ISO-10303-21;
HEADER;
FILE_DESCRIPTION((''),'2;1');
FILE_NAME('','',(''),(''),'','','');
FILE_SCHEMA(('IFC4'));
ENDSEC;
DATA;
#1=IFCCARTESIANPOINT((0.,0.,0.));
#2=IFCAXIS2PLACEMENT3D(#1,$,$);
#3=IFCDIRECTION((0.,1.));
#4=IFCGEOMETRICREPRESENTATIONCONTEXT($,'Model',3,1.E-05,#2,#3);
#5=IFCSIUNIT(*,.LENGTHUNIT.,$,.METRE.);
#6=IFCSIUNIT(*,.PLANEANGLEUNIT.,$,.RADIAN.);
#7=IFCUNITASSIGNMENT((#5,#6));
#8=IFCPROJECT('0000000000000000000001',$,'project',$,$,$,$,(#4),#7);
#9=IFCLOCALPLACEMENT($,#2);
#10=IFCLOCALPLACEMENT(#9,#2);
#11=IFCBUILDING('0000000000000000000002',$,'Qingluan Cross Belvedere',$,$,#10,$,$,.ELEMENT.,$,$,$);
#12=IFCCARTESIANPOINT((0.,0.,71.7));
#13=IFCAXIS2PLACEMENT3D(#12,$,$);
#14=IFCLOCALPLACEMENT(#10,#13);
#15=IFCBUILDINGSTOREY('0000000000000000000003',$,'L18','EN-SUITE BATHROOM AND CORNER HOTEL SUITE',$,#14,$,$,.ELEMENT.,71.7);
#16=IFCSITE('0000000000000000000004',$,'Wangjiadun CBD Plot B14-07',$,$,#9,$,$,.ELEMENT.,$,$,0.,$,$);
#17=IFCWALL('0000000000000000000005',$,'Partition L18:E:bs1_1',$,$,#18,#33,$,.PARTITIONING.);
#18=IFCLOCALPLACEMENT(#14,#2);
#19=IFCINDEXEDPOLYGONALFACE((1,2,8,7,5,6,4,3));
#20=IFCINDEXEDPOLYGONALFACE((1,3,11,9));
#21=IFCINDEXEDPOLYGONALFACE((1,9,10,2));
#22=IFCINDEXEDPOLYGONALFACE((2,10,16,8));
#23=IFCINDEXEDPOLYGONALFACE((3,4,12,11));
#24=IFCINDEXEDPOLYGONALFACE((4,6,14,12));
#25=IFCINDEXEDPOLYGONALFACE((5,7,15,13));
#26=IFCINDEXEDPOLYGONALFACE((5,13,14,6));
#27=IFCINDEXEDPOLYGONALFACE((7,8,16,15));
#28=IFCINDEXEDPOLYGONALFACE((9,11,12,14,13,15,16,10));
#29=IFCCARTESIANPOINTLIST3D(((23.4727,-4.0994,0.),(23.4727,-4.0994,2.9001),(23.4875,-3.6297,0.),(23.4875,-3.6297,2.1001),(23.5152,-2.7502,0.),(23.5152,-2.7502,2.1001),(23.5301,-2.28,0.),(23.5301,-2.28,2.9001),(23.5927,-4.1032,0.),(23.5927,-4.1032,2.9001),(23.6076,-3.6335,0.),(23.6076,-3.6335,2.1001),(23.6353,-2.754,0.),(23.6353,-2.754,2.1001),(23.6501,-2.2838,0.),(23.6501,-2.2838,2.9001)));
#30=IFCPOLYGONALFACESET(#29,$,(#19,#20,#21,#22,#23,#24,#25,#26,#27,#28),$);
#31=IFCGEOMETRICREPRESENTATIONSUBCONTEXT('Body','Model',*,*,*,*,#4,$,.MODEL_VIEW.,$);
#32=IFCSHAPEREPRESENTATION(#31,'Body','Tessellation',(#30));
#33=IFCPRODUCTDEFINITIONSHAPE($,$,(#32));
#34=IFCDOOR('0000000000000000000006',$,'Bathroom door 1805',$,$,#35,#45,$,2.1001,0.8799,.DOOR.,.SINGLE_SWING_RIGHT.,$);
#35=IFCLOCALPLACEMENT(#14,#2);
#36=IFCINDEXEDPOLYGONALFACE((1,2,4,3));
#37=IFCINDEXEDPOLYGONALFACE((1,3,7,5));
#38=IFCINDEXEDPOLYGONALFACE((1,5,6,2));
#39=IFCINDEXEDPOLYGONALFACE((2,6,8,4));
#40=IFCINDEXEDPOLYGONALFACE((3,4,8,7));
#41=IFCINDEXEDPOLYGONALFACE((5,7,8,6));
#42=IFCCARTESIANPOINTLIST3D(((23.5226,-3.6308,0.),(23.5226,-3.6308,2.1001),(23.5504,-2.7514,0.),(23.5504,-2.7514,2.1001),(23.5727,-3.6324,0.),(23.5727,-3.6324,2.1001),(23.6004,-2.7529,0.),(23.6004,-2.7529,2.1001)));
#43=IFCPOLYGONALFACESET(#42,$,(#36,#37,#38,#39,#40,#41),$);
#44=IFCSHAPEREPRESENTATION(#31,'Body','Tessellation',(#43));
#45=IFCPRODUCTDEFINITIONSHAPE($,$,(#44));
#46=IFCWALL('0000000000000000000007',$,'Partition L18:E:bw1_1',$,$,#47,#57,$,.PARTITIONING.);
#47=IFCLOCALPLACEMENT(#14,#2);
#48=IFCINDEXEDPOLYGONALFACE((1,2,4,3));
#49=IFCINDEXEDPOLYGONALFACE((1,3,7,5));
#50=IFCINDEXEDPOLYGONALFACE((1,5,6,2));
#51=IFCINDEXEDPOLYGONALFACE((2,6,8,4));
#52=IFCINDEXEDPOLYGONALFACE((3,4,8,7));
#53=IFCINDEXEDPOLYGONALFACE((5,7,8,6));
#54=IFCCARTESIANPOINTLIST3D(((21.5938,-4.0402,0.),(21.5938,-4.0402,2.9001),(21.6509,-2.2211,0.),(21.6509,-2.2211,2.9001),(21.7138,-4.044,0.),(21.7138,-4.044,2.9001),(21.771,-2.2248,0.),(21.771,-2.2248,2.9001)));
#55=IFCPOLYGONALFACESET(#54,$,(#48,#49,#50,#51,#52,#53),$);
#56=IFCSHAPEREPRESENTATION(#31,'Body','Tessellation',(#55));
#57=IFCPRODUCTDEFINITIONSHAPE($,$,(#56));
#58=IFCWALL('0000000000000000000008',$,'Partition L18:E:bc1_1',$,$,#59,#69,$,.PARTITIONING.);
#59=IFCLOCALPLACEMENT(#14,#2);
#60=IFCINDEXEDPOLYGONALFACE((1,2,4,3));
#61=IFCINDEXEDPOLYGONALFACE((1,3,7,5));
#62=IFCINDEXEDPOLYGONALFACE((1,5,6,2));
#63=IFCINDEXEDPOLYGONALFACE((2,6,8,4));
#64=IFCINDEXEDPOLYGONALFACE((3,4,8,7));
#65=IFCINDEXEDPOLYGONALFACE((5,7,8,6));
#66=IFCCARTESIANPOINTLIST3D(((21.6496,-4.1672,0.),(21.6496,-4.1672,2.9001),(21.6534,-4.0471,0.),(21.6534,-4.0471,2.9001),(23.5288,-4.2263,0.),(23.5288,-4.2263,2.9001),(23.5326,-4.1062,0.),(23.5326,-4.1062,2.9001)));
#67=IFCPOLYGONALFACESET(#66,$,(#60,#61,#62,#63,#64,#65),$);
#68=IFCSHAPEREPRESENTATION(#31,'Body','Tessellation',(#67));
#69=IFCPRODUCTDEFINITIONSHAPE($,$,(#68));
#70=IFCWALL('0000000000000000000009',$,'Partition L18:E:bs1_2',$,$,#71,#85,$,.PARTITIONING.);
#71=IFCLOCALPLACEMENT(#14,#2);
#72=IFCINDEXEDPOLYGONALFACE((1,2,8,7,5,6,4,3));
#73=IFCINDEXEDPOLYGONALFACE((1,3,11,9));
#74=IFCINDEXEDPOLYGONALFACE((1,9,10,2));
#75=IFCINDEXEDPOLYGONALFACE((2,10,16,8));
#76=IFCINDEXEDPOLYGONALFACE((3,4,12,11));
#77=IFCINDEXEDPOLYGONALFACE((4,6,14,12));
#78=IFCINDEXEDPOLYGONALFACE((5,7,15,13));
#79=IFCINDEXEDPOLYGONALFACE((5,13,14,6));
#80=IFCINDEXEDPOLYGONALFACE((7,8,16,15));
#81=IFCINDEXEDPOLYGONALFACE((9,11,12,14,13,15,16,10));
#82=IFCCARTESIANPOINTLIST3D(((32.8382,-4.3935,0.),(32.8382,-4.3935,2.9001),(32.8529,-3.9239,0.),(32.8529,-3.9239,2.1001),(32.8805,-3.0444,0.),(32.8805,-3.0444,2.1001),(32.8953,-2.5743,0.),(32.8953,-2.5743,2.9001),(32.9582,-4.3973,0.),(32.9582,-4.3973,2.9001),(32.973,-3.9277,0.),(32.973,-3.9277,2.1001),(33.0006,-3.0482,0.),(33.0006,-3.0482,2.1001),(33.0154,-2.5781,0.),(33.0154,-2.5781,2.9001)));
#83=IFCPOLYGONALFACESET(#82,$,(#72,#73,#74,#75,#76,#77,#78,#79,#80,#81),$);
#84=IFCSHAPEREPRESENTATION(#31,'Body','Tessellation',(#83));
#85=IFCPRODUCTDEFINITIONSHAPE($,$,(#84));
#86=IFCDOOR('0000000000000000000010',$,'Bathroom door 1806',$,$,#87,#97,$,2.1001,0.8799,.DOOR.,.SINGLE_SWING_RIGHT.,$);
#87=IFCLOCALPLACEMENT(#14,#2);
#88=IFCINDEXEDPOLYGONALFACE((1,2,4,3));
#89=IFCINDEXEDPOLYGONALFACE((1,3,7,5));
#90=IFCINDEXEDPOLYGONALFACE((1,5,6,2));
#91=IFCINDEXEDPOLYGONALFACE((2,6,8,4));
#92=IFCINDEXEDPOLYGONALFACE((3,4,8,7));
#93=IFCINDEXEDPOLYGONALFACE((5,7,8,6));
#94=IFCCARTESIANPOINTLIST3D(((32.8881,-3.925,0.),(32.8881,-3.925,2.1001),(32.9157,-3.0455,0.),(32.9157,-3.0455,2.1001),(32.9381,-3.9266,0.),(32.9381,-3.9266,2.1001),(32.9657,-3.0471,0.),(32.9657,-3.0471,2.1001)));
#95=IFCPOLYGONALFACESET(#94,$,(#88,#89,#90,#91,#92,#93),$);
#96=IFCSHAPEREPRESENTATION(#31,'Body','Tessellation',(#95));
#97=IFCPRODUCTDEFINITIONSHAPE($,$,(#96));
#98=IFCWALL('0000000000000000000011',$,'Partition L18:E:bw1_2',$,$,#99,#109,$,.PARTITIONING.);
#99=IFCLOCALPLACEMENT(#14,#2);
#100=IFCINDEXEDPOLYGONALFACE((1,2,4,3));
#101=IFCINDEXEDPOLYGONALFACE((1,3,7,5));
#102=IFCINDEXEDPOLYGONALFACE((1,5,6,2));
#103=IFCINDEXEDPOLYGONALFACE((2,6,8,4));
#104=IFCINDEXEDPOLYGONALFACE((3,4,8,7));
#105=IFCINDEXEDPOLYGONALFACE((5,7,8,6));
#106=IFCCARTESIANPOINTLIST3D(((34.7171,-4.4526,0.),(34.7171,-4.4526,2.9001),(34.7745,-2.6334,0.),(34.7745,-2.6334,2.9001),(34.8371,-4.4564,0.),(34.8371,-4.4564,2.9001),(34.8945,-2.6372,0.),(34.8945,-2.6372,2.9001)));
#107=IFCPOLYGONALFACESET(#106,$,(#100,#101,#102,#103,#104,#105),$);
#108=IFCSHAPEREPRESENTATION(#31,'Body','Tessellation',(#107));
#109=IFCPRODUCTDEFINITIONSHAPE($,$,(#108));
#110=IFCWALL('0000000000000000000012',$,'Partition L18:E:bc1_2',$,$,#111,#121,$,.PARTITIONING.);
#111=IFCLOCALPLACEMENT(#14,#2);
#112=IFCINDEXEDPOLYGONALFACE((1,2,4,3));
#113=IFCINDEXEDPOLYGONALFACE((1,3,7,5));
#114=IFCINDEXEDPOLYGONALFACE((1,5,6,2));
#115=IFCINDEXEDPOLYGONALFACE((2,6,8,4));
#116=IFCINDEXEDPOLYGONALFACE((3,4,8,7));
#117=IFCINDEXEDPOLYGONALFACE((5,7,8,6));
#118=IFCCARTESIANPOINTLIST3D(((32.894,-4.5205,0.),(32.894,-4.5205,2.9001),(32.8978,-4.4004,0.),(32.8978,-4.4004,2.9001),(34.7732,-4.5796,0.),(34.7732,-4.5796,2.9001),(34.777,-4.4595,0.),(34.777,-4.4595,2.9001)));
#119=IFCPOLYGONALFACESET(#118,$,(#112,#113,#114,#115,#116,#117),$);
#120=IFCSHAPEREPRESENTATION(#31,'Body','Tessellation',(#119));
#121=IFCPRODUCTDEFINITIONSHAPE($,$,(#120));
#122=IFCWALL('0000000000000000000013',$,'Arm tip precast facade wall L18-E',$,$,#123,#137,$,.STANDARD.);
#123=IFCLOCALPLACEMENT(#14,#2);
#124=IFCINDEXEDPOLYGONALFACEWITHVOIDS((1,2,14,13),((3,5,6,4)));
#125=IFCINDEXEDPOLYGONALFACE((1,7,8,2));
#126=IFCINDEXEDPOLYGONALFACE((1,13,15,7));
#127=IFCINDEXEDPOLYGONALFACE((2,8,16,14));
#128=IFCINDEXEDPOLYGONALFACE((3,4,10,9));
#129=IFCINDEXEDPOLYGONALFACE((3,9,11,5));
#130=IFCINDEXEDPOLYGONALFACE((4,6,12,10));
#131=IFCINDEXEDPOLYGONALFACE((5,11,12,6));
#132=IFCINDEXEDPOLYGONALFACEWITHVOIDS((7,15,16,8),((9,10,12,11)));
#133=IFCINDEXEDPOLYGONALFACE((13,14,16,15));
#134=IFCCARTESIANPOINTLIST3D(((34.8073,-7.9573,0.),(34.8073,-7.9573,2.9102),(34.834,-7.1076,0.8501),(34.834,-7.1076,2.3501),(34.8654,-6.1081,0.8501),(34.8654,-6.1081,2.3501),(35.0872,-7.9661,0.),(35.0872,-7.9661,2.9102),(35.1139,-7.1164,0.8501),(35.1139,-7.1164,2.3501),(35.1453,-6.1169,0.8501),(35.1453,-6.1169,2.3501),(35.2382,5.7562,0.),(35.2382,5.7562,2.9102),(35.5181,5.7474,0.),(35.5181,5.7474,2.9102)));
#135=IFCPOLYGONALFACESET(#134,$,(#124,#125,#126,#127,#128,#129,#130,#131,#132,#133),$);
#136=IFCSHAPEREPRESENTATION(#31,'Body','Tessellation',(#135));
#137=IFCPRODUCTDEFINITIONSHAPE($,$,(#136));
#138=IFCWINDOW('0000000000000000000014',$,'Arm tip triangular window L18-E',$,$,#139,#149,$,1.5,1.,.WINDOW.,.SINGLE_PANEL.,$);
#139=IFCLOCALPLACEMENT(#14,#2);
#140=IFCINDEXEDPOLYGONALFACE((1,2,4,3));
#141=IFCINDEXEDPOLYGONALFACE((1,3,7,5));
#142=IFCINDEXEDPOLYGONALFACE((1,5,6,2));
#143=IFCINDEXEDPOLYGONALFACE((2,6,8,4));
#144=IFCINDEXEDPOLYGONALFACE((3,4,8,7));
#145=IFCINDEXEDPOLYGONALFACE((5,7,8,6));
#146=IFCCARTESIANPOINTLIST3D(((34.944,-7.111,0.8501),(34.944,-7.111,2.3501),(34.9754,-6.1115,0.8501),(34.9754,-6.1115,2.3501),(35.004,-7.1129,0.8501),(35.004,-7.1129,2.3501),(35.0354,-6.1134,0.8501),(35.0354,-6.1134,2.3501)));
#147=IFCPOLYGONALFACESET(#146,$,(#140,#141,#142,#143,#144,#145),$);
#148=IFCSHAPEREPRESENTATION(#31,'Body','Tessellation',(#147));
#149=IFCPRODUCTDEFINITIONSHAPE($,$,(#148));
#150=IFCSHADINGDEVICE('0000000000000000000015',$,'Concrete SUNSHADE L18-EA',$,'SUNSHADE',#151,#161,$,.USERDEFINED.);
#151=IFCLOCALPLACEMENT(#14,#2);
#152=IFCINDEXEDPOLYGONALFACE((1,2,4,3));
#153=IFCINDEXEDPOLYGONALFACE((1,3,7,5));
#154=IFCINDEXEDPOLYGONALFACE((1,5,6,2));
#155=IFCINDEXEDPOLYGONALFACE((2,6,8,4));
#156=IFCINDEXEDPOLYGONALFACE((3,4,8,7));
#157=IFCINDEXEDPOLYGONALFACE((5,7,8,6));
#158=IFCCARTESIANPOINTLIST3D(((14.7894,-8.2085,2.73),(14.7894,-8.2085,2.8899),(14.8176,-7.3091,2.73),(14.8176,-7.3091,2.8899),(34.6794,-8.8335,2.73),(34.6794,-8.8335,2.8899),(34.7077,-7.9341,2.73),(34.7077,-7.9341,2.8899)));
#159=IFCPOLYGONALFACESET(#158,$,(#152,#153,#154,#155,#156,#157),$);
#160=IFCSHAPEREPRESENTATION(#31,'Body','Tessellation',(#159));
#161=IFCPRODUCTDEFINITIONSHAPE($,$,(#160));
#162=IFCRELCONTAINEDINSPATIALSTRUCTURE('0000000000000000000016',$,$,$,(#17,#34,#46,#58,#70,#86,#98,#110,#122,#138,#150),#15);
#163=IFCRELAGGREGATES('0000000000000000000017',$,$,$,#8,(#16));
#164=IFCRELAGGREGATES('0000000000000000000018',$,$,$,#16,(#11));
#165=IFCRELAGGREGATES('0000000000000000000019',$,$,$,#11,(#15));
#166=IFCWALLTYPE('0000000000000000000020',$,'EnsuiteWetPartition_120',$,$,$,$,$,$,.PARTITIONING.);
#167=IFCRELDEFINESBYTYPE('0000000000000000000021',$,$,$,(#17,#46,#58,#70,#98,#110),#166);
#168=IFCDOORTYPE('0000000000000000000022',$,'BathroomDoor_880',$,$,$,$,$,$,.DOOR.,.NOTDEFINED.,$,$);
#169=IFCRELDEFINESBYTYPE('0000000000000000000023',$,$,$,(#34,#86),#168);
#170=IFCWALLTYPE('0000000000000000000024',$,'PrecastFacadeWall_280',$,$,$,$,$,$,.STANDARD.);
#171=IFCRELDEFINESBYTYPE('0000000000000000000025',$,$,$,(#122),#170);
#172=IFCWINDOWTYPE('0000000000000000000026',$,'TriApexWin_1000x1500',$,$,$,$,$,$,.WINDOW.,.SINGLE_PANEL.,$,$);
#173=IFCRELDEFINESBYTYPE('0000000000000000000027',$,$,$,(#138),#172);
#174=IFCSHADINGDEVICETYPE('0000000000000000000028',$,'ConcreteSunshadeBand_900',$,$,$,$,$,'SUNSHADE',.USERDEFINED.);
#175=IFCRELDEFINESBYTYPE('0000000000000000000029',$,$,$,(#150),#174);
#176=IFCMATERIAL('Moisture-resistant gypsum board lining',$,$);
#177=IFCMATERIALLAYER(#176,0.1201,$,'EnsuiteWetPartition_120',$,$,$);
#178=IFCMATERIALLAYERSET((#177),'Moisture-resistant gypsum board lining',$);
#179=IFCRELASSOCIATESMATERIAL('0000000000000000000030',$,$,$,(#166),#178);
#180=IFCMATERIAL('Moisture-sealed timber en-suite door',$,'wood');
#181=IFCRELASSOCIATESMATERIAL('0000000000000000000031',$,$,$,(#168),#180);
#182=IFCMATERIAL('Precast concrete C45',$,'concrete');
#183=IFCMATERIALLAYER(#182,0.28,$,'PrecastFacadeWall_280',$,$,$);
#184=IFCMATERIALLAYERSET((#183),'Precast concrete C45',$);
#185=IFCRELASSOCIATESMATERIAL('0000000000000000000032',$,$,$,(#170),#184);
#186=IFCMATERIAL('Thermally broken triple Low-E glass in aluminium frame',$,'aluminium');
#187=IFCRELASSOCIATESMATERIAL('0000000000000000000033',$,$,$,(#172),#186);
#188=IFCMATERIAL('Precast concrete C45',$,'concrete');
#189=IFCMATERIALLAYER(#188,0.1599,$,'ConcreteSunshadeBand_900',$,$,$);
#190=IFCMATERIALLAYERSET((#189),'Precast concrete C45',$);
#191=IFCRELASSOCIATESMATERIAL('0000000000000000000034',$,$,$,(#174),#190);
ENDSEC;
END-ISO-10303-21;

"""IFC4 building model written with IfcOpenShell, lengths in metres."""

from ifc_helpers import new_model, si_unit, direction, frame, frame_2d, origin, origin_2d, place, context, subcontext, project, spatial, rectangle, extrude, material, layer, layer_set, type_object, element, fill, save


model = new_model("IFC4")

# Units and contexts
model_context = context("Model", 3, precision=1e-05, world=origin(), true_north=direction((0.0, 1.0)))
body_context = subcontext(model_context, "Body", "Model", "MODEL_VIEW")
ifc_project = project(units=[si_unit("LENGTHUNIT", "METRE"), si_unit("PLANEANGLEUNIT", "RADIAN")], contexts=[model_context])

# Site, building, storey
site_placement = place(None, origin())
site = spatial("IfcSite", under=ifc_project, at=site_placement, Name="Wangjiadun CBD Plot B14-07", CompositionType="ELEMENT", RefElevation=0.0)
building_placement = place(site_placement, origin())
building = spatial("IfcBuilding", under=site, at=building_placement, Name="Qingluan Cross Belvedere", CompositionType="ELEMENT")
storey_placement = place(building_placement, frame((0.0, 0.0, 71.7)))
storey = spatial("IfcBuildingStorey", under=building, at=storey_placement, Name="L18", Description="EN-SUITE BATHROOM AND CORNER HOTEL SUITE", CompositionType="ELEMENT", Elevation=71.7)

# Shared definitions
ifc_material_1 = material(Name="Moisture-resistant gypsum board lining")
ifc_layer_1 = layer(ifc_material_1, 0.1201, Name="EnsuiteWetPartition_120")
ifc_layer_set_1 = layer_set([ifc_layer_1], Name="Moisture-resistant gypsum board lining")
wall_type_1 = type_object("IfcWallType", Name="EnsuiteWetPartition_120", PredefinedType="PARTITIONING", material=ifc_layer_set_1)
ifc_material_2 = material(Name="Moisture-sealed timber en-suite door", Category="wood")
door_type = type_object("IfcDoorType", Name="BathroomDoor_880", OperationType="NOTDEFINED", PredefinedType="DOOR", material=ifc_material_2)

# Wall, opening, door
wall_1_placement = place(storey_placement, frame((23.5327, -4.1013, 0.0), z_axis=(0.0, 0.0, 1.0), x_axis=(0.031519, 0.999503, 0.0)))
wall_1 = element("IfcWall", 1, at=wall_1_placement, inside=storey, type_object=wall_type_1, Name="Partition L18:E:bs1_1", PredefinedType="PARTITIONING", context=body_context, shape_type="SweptSolid", body=[
    extrude(rectangle(XDim=1.8203, YDim=0.1201, at=frame_2d((0.9102, 0.0))), origin(), (0.0, 0.0, 1.0), 2.9001),
])
opening_1_placement = place(wall_1_placement, frame((0.47, 0.0, 0.0)))
opening_1 = element("IfcOpeningElement", 2, at=opening_1_placement, cuts=wall_1, PredefinedType="OPENING", context=body_context, shape_type="SweptSolid", body=[
    extrude(rectangle(XDim=0.8799, YDim=2.1001, at=frame_2d((0.4399, 1.05))), frame((0.0, 0.0701, 0.0), z_axis=(0.0, -1.0, 0.0), x_axis=(1.0, 0.0, 0.0)), (0.0, 0.0, 1.0), 0.1401),
])
door_1_placement = place(opening_1_placement, origin())
door_1 = element("IfcDoor", 3, at=door_1_placement, inside=storey, type_object=door_type, Name="Bathroom door 1805", OperationType="SINGLE_SWING_RIGHT", OverallHeight=2.1001, OverallWidth=0.8799, PredefinedType="DOOR", context=body_context, shape_type="SweptSolid", body=[
    extrude(rectangle(XDim=0.8799, YDim=2.1001, at=frame_2d((0.4399, 1.05))), frame((0.0, 0.0249, 0.0), z_axis=(0.0, -1.0, 0.0), x_axis=(1.0, 0.0, 0.0)), (0.0, 0.0, 1.0), 0.05),
])
fill(opening_1, door_1)

# Walls
wall_2_placement = place(storey_placement, frame((21.6538, -4.0422, 0.0), z_axis=(0.0, 0.0, 1.0), x_axis=(0.03139, 0.999507, 0.0)))
element("IfcWall", 4, at=wall_2_placement, inside=storey, type_object=wall_type_1, Name="Partition L18:E:bw1_1", PredefinedType="PARTITIONING", context=body_context, shape_type="SweptSolid", body=[
    extrude(rectangle(XDim=1.8201, YDim=0.1201, at=frame_2d((0.9102, 0.0))), origin(), (0.0, 0.0, 1.0), 2.9001),
])
wall_3_placement = place(storey_placement, frame((21.6516, -4.1072, 0.0), z_axis=(0.0, 0.0, 1.0), x_axis=(0.999506, -0.031425, 0.0)))
element("IfcWall", 5, at=wall_3_placement, inside=storey, type_object=wall_type_1, Name="Partition L18:E:bc1_1", PredefinedType="PARTITIONING", context=body_context, shape_type="SweptSolid", body=[
    extrude(rectangle(XDim=1.8801, YDim=0.1201, at=frame_2d((0.9399, 0.0))), origin(), (0.0, 0.0, 1.0), 2.9001),
])

# Wall, opening, door
wall_4_placement = place(storey_placement, frame((32.8982, -4.3955, 0.0), z_axis=(0.0, 0.0, 1.0), x_axis=(0.03139, 0.999507, 0.0)))
wall_4 = element("IfcWall", 6, at=wall_4_placement, inside=storey, type_object=wall_type_1, Name="Partition L18:E:bs1_2", PredefinedType="PARTITIONING", context=body_context, shape_type="SweptSolid", body=[
    extrude(rectangle(XDim=1.8201, YDim=0.1201, at=frame_2d((0.9102, 0.0))), origin(), (0.0, 0.0, 1.0), 2.9001),
])
opening_2_placement = place(wall_4_placement, frame((0.47, 0.0, 0.0)))
opening_2 = element("IfcOpeningElement", 7, at=opening_2_placement, cuts=wall_4, PredefinedType="OPENING", context=body_context, shape_type="SweptSolid", body=[
    extrude(rectangle(XDim=0.8799, YDim=2.1001, at=frame_2d((0.4399, 1.05))), frame((0.0, 0.0701, 0.0), z_axis=(0.0, -1.0, 0.0), x_axis=(1.0, 0.0, 0.0)), (0.0, 0.0, 1.0), 0.1401),
])
door_2_placement = place(opening_2_placement, origin())
door_2 = element("IfcDoor", 8, at=door_2_placement, inside=storey, type_object=door_type, Name="Bathroom door 1806", OperationType="SINGLE_SWING_RIGHT", OverallHeight=2.1001, OverallWidth=0.8799, PredefinedType="DOOR", context=body_context, shape_type="SweptSolid", body=[
    extrude(rectangle(XDim=0.8799, YDim=2.1001, at=frame_2d((0.4399, 1.05))), frame((0.0, 0.0249, 0.0), z_axis=(0.0, -1.0, 0.0), x_axis=(1.0, 0.0, 0.0)), (0.0, 0.0, 1.0), 0.05),
])
fill(opening_2, door_2)

# Walls
wall_5_placement = place(storey_placement, frame((34.7771, -4.4546, 0.0), z_axis=(0.0, 0.0, 1.0), x_axis=(0.031524, 0.999503, 0.0)))
element("IfcWall", 9, at=wall_5_placement, inside=storey, type_object=wall_type_1, Name="Partition L18:E:bw1_2", PredefinedType="PARTITIONING", context=body_context, shape_type="SweptSolid", body=[
    extrude(rectangle(XDim=1.8201, YDim=0.1201, at=frame_2d((0.9102, 0.0))), origin(), (0.0, 0.0, 1.0), 2.9001),
])
wall_6_placement = place(storey_placement, frame((32.896, -4.4604, 0.0), z_axis=(0.0, 0.0, 1.0), x_axis=(0.999506, -0.031425, 0.0)))
element("IfcWall", 10, at=wall_6_placement, inside=storey, type_object=wall_type_1, Name="Partition L18:E:bc1_2", PredefinedType="PARTITIONING", context=body_context, shape_type="SweptSolid", body=[
    extrude(rectangle(XDim=1.8801, YDim=0.1201, at=frame_2d((0.9399, 0.0))), origin(), (0.0, 0.0, 1.0), 2.9001),
])

# Wall, opening, window
ifc_material_3 = material(Name="Precast concrete C45", Category="concrete")
ifc_layer_2 = layer(ifc_material_3, 0.28, Name="PrecastFacadeWall_280")
ifc_layer_set_2 = layer_set([ifc_layer_2], Name="Precast concrete C45")
wall_type_2 = type_object("IfcWallType", Name="PrecastFacadeWall_280", PredefinedType="STANDARD", material=ifc_layer_set_2)
wall_7_placement = place(storey_placement, frame((34.9473, -7.9617, 0.0), z_axis=(0.0, 0.0, 1.0), x_axis=(0.031407, 0.999507, 0.0)))
wall_7 = element("IfcWall", 11, at=wall_7_placement, inside=storey, type_object=wall_type_2, Name="Arm tip precast facade wall L18-E", PredefinedType="STANDARD", context=body_context, shape_type="SweptSolid", body=[
    extrude(rectangle(XDim=13.7202, YDim=0.28, at=frame_2d((6.8601, 0.0))), origin(), (0.0, 0.0, 1.0), 2.9102),
])
opening_3_placement = place(wall_7_placement, frame((0.8501, 0.0, 0.8501)))
opening_3 = element("IfcOpeningElement", 12, at=opening_3_placement, cuts=wall_7, PredefinedType="OPENING", context=body_context, shape_type="SweptSolid", body=[
    extrude(rectangle(XDim=1.0, YDim=1.5, at=frame_2d((0.5, 0.75))), frame((0.0, 0.1499, 0.0), z_axis=(0.0, -1.0, 0.0), x_axis=(1.0, 0.0, 0.0)), (0.0, 0.0, 1.0), 0.3),
])
ifc_material_4 = material(Name="Thermally broken triple Low-E glass in aluminium frame", Category="aluminium")
window_type = type_object("IfcWindowType", Name="TriApexWin_1000x1500", PartitioningType="SINGLE_PANEL", PredefinedType="WINDOW", material=ifc_material_4)
window_placement = place(opening_3_placement, origin())
window = element("IfcWindow", 13, at=window_placement, inside=storey, type_object=window_type, Name="Arm tip triangular window L18-E", OverallHeight=1.5, OverallWidth=1.0, PartitioningType="SINGLE_PANEL", PredefinedType="WINDOW", context=body_context, shape_type="SweptSolid", body=[
    extrude(rectangle(XDim=1.0, YDim=1.5, at=frame_2d((0.5, 0.75))), frame((0.0, 0.03, 0.0), z_axis=(0.0, -1.0, 0.0), x_axis=(1.0, 0.0, 0.0)), (0.0, 0.0, 1.0), 0.0601),
])
fill(opening_3, window)

# Shading device
ifc_material_5 = material(Name="Precast concrete C45", Category="concrete")
ifc_layer_3 = layer(ifc_material_5, 0.1599, Name="ConcreteSunshadeBand_900")
ifc_layer_set_3 = layer_set([ifc_layer_3], Name="Precast concrete C45")
shading_device_type = type_object("IfcShadingDeviceType", Name="ConcreteSunshadeBand_900", ElementType="SUNSHADE", PredefinedType="USERDEFINED", material=ifc_layer_set_3)
shading_device_placement = place(storey_placement, frame((24.7485, -8.0713, 2.73), z_axis=(0.0, 0.0, 1.0), x_axis=(0.999507, -0.031408, 0.0)))
element("IfcShadingDevice", 14, at=shading_device_placement, inside=storey, type_object=shading_device_type, Name="Concrete SUNSHADE L18-EA", ObjectType="SUNSHADE", PredefinedType="USERDEFINED", context=body_context, shape_type="SweptSolid", body=[
    extrude(rectangle(XDim=19.8999, YDim=0.8999, at=origin_2d()), origin(), (0.0, 0.0, 1.0), 0.1599),
])

save(model, "model.ifc")
